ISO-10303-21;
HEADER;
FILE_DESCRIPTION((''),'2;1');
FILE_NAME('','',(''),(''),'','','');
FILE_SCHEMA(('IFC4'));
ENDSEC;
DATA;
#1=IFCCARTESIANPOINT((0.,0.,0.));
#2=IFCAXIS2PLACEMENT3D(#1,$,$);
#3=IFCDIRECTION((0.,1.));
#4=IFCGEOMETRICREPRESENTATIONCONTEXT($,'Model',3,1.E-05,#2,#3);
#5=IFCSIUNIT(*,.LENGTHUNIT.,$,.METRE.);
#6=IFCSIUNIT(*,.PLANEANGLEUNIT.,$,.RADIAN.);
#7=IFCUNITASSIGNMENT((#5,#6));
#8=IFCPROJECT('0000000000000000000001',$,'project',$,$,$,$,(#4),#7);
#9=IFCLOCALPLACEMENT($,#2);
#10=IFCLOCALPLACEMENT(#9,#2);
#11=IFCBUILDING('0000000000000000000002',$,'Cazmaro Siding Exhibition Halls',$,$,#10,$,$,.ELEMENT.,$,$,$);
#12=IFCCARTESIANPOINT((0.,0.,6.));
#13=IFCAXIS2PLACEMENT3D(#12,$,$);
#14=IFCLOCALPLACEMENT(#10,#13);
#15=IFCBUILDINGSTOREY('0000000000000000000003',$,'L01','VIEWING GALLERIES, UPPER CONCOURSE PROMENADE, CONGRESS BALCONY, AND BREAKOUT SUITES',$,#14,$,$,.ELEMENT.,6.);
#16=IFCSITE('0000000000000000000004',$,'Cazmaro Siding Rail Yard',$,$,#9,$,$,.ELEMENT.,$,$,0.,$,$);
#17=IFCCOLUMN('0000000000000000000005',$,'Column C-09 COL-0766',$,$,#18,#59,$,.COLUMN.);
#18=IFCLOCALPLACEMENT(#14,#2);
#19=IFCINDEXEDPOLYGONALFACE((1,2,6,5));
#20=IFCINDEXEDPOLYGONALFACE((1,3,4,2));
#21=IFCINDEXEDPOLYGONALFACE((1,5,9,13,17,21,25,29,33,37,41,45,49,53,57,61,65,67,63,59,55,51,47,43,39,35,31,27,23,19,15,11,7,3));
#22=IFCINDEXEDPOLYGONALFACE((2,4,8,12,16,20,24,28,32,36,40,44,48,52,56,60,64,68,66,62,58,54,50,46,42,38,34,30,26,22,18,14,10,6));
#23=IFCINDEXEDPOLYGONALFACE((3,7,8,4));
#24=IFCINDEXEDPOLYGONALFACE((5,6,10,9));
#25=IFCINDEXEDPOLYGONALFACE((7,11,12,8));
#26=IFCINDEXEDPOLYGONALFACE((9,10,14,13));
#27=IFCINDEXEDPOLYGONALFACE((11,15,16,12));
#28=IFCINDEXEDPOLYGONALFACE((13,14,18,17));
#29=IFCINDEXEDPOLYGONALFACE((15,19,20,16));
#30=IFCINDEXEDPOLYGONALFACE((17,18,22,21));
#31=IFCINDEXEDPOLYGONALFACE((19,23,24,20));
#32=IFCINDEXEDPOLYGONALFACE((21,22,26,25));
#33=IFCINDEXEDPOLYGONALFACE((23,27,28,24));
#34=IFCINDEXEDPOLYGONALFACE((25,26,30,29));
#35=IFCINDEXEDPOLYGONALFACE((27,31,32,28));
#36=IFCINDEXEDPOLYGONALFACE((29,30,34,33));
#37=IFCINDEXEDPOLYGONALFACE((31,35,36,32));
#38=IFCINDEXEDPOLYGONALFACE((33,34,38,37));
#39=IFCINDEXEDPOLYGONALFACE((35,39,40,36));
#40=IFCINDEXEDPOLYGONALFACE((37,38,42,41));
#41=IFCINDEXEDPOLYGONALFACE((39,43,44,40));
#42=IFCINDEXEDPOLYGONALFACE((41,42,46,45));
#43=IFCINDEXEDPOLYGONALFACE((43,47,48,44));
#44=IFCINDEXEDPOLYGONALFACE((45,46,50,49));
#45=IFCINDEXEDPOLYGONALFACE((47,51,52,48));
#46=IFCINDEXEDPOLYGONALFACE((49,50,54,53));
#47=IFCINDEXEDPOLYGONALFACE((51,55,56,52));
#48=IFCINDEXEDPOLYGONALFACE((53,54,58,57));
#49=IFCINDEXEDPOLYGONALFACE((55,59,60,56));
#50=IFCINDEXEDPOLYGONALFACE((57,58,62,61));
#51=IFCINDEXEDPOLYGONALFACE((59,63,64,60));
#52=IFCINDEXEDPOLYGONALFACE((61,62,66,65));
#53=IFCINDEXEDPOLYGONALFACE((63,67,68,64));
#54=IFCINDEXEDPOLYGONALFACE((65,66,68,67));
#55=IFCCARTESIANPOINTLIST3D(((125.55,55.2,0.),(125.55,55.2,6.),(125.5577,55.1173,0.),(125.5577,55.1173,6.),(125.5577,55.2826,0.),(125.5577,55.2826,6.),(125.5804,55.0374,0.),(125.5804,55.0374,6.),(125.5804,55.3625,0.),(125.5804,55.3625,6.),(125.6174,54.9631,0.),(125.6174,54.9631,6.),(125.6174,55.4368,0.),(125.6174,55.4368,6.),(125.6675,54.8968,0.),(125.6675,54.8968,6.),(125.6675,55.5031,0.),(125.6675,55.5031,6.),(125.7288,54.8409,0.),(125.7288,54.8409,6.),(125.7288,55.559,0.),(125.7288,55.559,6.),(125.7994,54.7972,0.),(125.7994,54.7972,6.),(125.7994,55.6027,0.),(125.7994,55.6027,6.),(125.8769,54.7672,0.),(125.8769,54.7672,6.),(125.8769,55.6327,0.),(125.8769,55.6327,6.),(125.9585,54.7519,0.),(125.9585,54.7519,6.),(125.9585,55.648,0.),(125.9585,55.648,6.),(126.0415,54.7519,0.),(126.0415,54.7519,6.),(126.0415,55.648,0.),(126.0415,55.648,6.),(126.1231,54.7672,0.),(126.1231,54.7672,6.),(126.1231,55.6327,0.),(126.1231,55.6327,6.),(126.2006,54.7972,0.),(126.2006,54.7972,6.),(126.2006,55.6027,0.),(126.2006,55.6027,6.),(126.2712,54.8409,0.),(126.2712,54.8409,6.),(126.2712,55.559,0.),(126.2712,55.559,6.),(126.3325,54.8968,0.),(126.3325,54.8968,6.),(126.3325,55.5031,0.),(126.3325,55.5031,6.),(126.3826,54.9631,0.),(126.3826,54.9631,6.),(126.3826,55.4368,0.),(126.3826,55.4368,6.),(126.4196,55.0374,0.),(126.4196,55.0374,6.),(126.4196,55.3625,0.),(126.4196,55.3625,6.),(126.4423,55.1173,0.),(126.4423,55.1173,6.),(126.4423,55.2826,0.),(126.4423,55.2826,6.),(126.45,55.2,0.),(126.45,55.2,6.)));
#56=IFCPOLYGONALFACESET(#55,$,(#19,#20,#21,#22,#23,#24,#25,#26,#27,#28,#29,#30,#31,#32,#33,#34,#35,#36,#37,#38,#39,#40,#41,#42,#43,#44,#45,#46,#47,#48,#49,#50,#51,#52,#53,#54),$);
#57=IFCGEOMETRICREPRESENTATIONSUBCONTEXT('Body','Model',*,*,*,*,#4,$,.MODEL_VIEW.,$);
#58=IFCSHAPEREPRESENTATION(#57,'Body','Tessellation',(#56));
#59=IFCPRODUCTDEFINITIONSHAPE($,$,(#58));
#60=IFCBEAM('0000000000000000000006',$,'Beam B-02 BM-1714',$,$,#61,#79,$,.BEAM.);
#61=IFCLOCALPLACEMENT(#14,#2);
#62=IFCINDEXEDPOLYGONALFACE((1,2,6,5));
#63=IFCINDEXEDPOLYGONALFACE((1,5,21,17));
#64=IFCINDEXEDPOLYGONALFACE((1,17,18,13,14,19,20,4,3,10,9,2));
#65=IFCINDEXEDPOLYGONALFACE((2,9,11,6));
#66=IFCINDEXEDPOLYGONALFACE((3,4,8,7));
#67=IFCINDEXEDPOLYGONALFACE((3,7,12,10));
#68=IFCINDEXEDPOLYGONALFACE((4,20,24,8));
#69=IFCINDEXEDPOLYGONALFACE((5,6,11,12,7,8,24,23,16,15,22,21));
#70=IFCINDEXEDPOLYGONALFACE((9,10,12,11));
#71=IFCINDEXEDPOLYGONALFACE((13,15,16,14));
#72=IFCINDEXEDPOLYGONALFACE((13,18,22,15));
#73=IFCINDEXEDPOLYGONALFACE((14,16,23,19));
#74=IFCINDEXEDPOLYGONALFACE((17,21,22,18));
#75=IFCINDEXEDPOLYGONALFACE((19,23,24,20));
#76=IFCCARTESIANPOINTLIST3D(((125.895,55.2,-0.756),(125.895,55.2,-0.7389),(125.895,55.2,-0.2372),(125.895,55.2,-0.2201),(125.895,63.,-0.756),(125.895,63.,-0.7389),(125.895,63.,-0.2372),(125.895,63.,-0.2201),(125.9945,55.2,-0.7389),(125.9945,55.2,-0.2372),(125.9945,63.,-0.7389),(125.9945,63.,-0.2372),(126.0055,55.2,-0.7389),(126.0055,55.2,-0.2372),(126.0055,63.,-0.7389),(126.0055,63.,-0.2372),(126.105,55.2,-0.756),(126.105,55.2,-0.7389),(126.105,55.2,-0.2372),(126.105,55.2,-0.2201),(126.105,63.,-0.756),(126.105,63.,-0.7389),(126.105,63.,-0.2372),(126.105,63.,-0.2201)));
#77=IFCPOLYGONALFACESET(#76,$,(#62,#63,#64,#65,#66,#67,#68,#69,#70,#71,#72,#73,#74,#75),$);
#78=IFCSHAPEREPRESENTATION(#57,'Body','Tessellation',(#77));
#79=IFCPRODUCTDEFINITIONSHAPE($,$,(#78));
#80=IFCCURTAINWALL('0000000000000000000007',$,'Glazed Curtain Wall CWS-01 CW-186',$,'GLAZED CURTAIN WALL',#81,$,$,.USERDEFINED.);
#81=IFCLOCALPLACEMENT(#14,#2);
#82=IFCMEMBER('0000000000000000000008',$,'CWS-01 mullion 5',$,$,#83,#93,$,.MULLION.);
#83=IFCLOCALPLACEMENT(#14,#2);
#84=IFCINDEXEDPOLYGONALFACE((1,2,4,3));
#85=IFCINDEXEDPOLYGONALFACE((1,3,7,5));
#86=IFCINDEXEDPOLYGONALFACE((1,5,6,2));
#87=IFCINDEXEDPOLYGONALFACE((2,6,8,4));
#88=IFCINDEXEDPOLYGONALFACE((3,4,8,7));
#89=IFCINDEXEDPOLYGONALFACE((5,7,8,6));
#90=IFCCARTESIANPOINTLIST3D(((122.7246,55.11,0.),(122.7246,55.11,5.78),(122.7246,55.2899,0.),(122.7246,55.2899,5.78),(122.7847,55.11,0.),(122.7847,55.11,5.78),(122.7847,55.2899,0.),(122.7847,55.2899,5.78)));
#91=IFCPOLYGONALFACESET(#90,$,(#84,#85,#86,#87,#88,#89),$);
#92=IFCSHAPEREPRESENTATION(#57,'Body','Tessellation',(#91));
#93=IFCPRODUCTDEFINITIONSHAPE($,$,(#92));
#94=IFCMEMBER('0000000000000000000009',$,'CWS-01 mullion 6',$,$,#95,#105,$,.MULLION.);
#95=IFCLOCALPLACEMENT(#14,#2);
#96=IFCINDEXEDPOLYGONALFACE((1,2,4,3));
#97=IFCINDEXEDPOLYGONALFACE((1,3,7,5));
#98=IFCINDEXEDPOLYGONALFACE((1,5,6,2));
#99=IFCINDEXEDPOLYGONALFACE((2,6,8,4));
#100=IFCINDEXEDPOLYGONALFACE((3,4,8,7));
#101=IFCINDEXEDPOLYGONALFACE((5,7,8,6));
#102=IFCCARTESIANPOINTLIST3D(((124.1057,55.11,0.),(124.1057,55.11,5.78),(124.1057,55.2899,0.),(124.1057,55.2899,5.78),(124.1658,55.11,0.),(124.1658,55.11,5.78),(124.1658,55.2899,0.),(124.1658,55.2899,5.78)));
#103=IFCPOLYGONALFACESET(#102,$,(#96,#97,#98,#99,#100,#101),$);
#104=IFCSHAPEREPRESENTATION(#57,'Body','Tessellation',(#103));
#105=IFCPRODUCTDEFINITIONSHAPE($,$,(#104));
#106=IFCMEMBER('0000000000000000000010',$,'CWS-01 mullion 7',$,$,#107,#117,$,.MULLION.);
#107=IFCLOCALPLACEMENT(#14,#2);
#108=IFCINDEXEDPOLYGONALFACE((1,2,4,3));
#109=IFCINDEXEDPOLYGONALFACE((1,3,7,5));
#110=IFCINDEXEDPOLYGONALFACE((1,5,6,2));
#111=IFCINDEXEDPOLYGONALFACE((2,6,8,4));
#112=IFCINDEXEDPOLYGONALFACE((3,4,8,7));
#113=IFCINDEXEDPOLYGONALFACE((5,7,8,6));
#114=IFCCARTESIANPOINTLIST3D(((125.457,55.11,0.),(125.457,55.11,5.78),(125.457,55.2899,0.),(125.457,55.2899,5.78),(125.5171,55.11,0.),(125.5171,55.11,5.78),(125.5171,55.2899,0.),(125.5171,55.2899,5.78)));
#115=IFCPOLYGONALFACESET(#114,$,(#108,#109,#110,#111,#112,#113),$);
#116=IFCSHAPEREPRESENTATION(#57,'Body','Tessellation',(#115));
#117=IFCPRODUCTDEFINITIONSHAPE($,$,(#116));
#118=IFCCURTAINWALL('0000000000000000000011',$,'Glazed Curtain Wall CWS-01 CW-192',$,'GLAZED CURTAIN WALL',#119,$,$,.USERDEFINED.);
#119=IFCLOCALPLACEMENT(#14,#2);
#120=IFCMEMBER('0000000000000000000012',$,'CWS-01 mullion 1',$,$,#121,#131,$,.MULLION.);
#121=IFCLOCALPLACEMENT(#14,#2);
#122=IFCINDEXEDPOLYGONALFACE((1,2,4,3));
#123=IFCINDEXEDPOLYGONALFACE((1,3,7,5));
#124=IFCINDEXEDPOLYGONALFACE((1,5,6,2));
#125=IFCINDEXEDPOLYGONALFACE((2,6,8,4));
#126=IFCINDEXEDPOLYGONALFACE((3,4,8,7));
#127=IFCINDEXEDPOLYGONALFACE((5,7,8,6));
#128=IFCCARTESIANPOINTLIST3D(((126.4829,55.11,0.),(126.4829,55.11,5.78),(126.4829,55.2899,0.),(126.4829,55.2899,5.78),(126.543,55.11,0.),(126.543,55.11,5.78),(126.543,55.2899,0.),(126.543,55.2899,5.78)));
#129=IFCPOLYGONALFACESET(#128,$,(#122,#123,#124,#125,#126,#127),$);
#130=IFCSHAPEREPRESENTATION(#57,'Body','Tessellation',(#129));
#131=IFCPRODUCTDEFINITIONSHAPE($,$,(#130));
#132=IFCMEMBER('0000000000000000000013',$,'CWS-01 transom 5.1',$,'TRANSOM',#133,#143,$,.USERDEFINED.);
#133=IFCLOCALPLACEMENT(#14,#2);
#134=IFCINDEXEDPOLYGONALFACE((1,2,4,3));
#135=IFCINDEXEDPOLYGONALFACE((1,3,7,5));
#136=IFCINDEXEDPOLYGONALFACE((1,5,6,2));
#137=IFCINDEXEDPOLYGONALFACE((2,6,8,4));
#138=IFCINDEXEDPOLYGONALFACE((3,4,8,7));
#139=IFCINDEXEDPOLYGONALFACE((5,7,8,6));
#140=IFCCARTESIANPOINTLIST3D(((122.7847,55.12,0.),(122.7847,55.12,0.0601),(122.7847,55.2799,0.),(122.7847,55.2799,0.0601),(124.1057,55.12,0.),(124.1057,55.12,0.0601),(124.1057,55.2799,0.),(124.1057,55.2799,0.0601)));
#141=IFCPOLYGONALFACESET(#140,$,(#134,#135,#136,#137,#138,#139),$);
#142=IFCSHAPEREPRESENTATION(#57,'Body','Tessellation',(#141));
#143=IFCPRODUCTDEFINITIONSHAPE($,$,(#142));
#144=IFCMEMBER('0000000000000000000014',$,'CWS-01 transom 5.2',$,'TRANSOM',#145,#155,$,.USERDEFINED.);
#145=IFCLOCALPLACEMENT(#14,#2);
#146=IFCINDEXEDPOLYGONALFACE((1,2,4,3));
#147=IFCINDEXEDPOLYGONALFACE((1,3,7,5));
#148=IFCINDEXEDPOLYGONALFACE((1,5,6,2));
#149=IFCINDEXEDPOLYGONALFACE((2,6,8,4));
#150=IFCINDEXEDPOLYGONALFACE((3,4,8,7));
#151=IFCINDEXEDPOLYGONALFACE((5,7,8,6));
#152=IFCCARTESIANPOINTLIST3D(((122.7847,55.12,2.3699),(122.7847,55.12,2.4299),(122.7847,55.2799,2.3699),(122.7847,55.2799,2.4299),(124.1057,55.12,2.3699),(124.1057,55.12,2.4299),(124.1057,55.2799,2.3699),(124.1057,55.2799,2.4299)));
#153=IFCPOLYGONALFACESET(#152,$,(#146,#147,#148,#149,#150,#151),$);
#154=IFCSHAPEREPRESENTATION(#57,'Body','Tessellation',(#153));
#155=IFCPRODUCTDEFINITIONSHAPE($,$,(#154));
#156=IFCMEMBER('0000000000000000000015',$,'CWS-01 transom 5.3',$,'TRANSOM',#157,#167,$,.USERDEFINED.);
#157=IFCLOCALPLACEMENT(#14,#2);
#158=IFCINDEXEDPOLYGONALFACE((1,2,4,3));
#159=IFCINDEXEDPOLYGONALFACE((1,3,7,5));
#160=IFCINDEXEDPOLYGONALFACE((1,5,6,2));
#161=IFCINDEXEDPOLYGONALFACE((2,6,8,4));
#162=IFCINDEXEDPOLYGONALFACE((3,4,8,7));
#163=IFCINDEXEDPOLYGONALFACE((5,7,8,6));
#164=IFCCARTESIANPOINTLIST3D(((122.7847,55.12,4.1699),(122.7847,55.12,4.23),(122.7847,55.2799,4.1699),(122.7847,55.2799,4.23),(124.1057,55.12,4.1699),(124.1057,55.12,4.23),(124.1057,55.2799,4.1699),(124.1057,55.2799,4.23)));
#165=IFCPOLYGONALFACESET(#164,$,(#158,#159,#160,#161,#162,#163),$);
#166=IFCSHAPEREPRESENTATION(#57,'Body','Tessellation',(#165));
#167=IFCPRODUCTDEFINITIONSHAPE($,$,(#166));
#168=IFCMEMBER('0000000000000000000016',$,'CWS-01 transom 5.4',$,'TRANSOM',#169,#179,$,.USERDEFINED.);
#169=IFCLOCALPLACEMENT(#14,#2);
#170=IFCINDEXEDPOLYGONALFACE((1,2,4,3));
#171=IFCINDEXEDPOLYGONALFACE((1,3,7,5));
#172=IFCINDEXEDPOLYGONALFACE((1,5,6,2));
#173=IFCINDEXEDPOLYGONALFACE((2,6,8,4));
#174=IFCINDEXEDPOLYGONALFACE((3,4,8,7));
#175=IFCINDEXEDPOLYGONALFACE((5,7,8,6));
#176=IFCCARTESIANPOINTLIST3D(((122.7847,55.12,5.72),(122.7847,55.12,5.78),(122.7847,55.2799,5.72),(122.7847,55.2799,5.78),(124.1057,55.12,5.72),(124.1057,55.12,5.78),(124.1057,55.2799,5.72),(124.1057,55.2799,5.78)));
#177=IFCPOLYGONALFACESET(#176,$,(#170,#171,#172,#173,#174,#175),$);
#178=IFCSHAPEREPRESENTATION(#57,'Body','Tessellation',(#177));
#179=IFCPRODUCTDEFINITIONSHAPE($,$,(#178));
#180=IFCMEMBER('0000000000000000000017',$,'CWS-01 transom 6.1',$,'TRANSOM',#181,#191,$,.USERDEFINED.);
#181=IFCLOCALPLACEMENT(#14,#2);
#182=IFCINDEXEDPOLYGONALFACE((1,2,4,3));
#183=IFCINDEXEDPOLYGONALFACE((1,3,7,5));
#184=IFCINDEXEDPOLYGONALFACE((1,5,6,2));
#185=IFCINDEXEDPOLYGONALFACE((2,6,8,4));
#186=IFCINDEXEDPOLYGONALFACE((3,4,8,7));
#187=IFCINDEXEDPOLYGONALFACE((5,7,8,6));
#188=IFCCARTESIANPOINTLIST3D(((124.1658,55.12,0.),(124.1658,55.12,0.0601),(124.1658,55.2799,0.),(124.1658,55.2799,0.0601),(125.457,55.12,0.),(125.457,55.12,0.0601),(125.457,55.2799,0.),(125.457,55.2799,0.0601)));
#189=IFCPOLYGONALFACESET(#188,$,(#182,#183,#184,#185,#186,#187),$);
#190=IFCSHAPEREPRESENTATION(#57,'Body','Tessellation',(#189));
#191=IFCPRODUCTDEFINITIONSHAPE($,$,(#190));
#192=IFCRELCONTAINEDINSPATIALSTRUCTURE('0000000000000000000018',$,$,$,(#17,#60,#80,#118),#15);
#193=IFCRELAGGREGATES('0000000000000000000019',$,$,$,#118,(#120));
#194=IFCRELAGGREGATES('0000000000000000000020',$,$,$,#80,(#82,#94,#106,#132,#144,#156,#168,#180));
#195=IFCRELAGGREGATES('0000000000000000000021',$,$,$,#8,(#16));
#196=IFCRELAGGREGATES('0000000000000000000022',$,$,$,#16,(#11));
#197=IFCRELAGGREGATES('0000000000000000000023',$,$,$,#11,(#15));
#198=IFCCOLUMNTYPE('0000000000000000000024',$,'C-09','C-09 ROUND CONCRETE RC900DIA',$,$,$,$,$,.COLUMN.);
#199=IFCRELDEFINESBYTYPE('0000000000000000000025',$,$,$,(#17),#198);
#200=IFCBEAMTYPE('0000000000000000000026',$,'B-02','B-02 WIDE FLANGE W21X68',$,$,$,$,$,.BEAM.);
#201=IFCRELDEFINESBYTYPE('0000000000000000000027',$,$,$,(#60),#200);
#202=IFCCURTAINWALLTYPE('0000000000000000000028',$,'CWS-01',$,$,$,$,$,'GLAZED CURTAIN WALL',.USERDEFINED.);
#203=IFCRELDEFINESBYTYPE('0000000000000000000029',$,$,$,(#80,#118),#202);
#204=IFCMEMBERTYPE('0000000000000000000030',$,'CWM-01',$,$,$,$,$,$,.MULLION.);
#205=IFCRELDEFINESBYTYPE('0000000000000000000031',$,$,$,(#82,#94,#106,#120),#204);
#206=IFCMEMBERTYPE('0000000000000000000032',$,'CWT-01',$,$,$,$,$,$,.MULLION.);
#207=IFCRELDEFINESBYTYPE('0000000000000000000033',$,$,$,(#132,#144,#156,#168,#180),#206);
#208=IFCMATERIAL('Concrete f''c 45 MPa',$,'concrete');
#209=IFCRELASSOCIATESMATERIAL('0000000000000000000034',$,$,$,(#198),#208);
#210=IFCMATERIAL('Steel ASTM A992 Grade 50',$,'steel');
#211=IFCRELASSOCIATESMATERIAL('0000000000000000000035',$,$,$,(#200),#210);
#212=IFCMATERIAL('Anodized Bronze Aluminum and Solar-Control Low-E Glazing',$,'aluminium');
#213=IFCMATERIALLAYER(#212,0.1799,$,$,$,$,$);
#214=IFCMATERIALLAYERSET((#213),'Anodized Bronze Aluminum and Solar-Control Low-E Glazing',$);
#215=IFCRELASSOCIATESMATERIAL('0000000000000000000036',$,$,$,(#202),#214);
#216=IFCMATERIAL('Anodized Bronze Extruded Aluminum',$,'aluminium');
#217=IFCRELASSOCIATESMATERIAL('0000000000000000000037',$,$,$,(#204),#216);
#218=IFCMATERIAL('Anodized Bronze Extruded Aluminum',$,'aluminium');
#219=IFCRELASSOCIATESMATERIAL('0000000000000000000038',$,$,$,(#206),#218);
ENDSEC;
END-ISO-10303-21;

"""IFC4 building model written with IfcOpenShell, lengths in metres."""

from ifc_helpers import new_model, si_unit, direction, frame, origin, origin_2d, place, context, subcontext, project, spatial, rectangle, circle, i_section, extrude, material, layer, layer_set, material_profile, profile_set, type_object, element, aggregate, save


model = new_model("IFC4")

# Units and contexts
model_context = context("Model", 3, precision=1e-05, world=origin(), true_north=direction((0.0, 1.0)))
body_context = subcontext(model_context, "Body", "Model", "MODEL_VIEW")
ifc_project = project(units=[si_unit("LENGTHUNIT", "METRE"), si_unit("PLANEANGLEUNIT", "RADIAN")], contexts=[model_context])

# Site, building, storey
site_placement = place(None, origin())
site = spatial("IfcSite", under=ifc_project, at=site_placement, Name="Cazmaro Siding Rail Yard", CompositionType="ELEMENT", RefElevation=0.0)
building_placement = place(site_placement, origin())
building = spatial("IfcBuilding", under=site, at=building_placement, Name="Cazmaro Siding Exhibition Halls", CompositionType="ELEMENT")
storey_placement = place(building_placement, frame((0.0, 0.0, 6.0)))
storey = spatial("IfcBuildingStorey", under=building, at=storey_placement, Name="L01", Description="VIEWING GALLERIES, UPPER CONCOURSE PROMENADE, CONGRESS BALCONY, AND BREAKOUT SUITES", CompositionType="ELEMENT", Elevation=6.0)

# Column
ifc_material_1 = material(Name="Concrete f'c 45 MPa", Category="concrete")
ifc_material_profile_1 = material_profile(ifc_material_1, circle(Radius=0.45, at=origin_2d()), Name="RC900DIA")
ifc_profile_set_1 = profile_set([ifc_material_profile_1], Name="Concrete f'c 45 MPa")
column_type = type_object("IfcColumnType", Name="C-09", Description="C-09 ROUND CONCRETE RC900DIA", PredefinedType="COLUMN", material=ifc_profile_set_1)
column_placement = place(storey_placement, frame((126.0, 55.2, 0.0), z_axis=(0.0, 0.0, 1.0), x_axis=(1.0, 0.0, 0.0)))
element("IfcColumn", 1, at=column_placement, inside=storey, type_object=column_type, Name="Column C-09 COL-0766", PredefinedType="COLUMN", context=body_context, shape_type="SweptSolid", body=[
    extrude(circle(Radius=0.45, at=origin_2d()), origin(), (0.0, 0.0, 1.0), 6.0),
])

# Beam
ifc_material_2 = material(Name="Steel ASTM A992 Grade 50", Category="steel")
ifc_material_profile_2 = material_profile(ifc_material_2, i_section(OverallWidth=0.21, OverallDepth=0.5359, WebThickness=0.011, FlangeThickness=0.0171, at=origin_2d()), Name="W21X68")
ifc_profile_set_2 = profile_set([ifc_material_profile_2], Name="Steel ASTM A992 Grade 50")
beam_type_1 = type_object("IfcBeamType", Name="B-02", Description="B-02 WIDE FLANGE W21X68", PredefinedType="BEAM", material=ifc_profile_set_2)
beam_1_placement = place(storey_placement, frame((126.0, 55.2, -0.488), z_axis=(0.0, 1.0, 0.0), x_axis=(-1.0, 0.0, 0.0)))
element("IfcBeam", 2, at=beam_1_placement, inside=storey, type_object=beam_type_1, Name="Beam B-02 BM-1714", PredefinedType="BEAM", context=body_context, shape_type="SweptSolid", body=[
    extrude(i_section(OverallWidth=0.21, OverallDepth=0.5359, WebThickness=0.011, FlangeThickness=0.0171, at=origin_2d()), origin(), (0.0, 0.0, 1.0), 7.8),
])

# Curtain wall, members
ifc_material_3 = material(Name="Anodized Bronze Aluminum and Solar-Control Low-E Glazing", Category="aluminium")
ifc_layer_1 = layer(ifc_material_3, 0.1799)
ifc_layer_set_1 = layer_set([ifc_layer_1], Name="Anodized Bronze Aluminum and Solar-Control Low-E Glazing")
curtain_wall_type = type_object("IfcCurtainWallType", Name="CWS-01", ElementType="GLAZED CURTAIN WALL", PredefinedType="USERDEFINED", material=ifc_layer_set_1)
curtain_wall_1_placement = place(storey_placement, origin())
curtain_wall_1 = element("IfcCurtainWall", 3, at=curtain_wall_1_placement, inside=storey, type_object=curtain_wall_type, Name="Glazed Curtain Wall CWS-01 CW-186", ObjectType="GLAZED CURTAIN WALL", PredefinedType="USERDEFINED")
ifc_material_4 = material(Name="Anodized Bronze Extruded Aluminum", Category="aluminium")
ifc_material_profile_3 = material_profile(ifc_material_4, rectangle(XDim=0.1799, YDim=0.0601, at=origin_2d()), Name="CWM-01")
ifc_profile_set_3 = profile_set([ifc_material_profile_3], Name="Anodized Bronze Extruded Aluminum")
member_type_1 = type_object("IfcMemberType", Name="CWM-01", PredefinedType="MULLION", material=ifc_profile_set_3)
member_1_placement = place(storey_placement, frame((122.7546, 55.2, 0.0), z_axis=(0.0, 0.0, 1.0), x_axis=(0.0, 1.0, 0.0)))
member_1 = element("IfcMember", 4, at=member_1_placement, type_object=member_type_1, Name="CWS-01 mullion 5", PredefinedType="MULLION", context=body_context, shape_type="SweptSolid", body=[
    extrude(rectangle(XDim=0.1799, YDim=0.0601, at=origin_2d()), origin(), (0.0, 0.0, 1.0), 5.78),
])
member_2_placement = place(storey_placement, frame((124.1357, 55.2, 0.0), z_axis=(0.0, 0.0, 1.0), x_axis=(0.0, 1.0, 0.0)))
member_2 = element("IfcMember", 5, at=member_2_placement, type_object=member_type_1, Name="CWS-01 mullion 6", PredefinedType="MULLION", context=body_context, shape_type="SweptSolid", body=[
    extrude(rectangle(XDim=0.1799, YDim=0.0601, at=origin_2d()), origin(), (0.0, 0.0, 1.0), 5.78),
])
member_3_placement = place(storey_placement, frame((125.4871, 55.2, 0.0), z_axis=(0.0, 0.0, 1.0), x_axis=(0.0, 1.0, 0.0)))
member_3 = element("IfcMember", 6, at=member_3_placement, type_object=member_type_1, Name="CWS-01 mullion 7", PredefinedType="MULLION", context=body_context, shape_type="SweptSolid", body=[
    extrude(rectangle(XDim=0.1799, YDim=0.0601, at=origin_2d()), origin(), (0.0, 0.0, 1.0), 5.78),
])

# Curtain wall, member
curtain_wall_2_placement = place(storey_placement, origin())
curtain_wall_2 = element("IfcCurtainWall", 7, at=curtain_wall_2_placement, inside=storey, type_object=curtain_wall_type, Name="Glazed Curtain Wall CWS-01 CW-192", ObjectType="GLAZED CURTAIN WALL", PredefinedType="USERDEFINED")
member_4_placement = place(storey_placement, frame((126.5129, 55.2, 0.0), z_axis=(0.0, 0.0, 1.0), x_axis=(0.0, 1.0, 0.0)))
member_4 = element("IfcMember", 8, at=member_4_placement, type_object=member_type_1, Name="CWS-01 mullion 1", PredefinedType="MULLION", context=body_context, shape_type="SweptSolid", body=[
    extrude(rectangle(XDim=0.1799, YDim=0.0601, at=origin_2d()), origin(), (0.0, 0.0, 1.0), 5.78),
])
aggregate(curtain_wall_2, [member_4])

# Members
ifc_material_5 = material(Name="Anodized Bronze Extruded Aluminum", Category="aluminium")
ifc_material_profile_4 = material_profile(ifc_material_5, rectangle(XDim=0.1599, YDim=0.0601, at=origin_2d()), Name="CWT-01")
ifc_profile_set_4 = profile_set([ifc_material_profile_4], Name="Anodized Bronze Extruded Aluminum")
member_type_2 = type_object("IfcMemberType", Name="CWT-01", PredefinedType="MULLION", material=ifc_profile_set_4)
member_5_placement = place(storey_placement, frame((122.7847, 55.2, 0.03), z_axis=(1.0, 0.0, 0.0), x_axis=(0.0, 1.0, 0.0)))
member_5 = element("IfcMember", 9, at=member_5_placement, type_object=member_type_2, Name="CWS-01 transom 5.1", ObjectType="TRANSOM", PredefinedType="USERDEFINED", context=body_context, shape_type="SweptSolid", body=[
    extrude(rectangle(XDim=0.1599, YDim=0.0601, at=origin_2d()), origin(), (0.0, 0.0, 1.0), 1.321),
])
member_6_placement = place(storey_placement, frame((122.7847, 55.2, 2.3999), z_axis=(1.0, 0.0, 0.0), x_axis=(0.0, 1.0, 0.0)))
member_6 = element("IfcMember", 10, at=member_6_placement, type_object=member_type_2, Name="CWS-01 transom 5.2", ObjectType="TRANSOM", PredefinedType="USERDEFINED", context=body_context, shape_type="SweptSolid", body=[
    extrude(rectangle(XDim=0.1599, YDim=0.0601, at=origin_2d()), origin(), (0.0, 0.0, 1.0), 1.321),
])
member_7_placement = place(storey_placement, frame((122.7847, 55.2, 4.2), z_axis=(1.0, 0.0, 0.0), x_axis=(0.0, 1.0, 0.0)))
member_7 = element("IfcMember", 11, at=member_7_placement, type_object=member_type_2, Name="CWS-01 transom 5.3", ObjectType="TRANSOM", PredefinedType="USERDEFINED", context=body_context, shape_type="SweptSolid", body=[
    extrude(rectangle(XDim=0.1599, YDim=0.0601, at=origin_2d()), origin(), (0.0, 0.0, 1.0), 1.321),
])
member_8_placement = place(storey_placement, frame((122.7847, 55.2, 5.75), z_axis=(1.0, 0.0, 0.0), x_axis=(0.0, 1.0, 0.0)))
member_8 = element("IfcMember", 12, at=member_8_placement, type_object=member_type_2, Name="CWS-01 transom 5.4", ObjectType="TRANSOM", PredefinedType="USERDEFINED", context=body_context, shape_type="SweptSolid", body=[
    extrude(rectangle(XDim=0.1599, YDim=0.0601, at=origin_2d()), origin(), (0.0, 0.0, 1.0), 1.321),
])
member_9_placement = place(storey_placement, frame((124.1658, 55.2, 0.03), z_axis=(1.0, 0.0, 0.0), x_axis=(0.0, 1.0, 0.0)))
member_9 = element("IfcMember", 13, at=member_9_placement, type_object=member_type_2, Name="CWS-01 transom 6.1", ObjectType="TRANSOM", PredefinedType="USERDEFINED", context=body_context, shape_type="SweptSolid", body=[
    extrude(rectangle(XDim=0.1599, YDim=0.0601, at=origin_2d()), origin(), (0.0, 0.0, 1.0), 1.2913),
])

aggregate(curtain_wall_1, [member_1, member_2, member_3, member_5, member_6, member_7, member_8, member_9])

save(model, "model.ifc")
